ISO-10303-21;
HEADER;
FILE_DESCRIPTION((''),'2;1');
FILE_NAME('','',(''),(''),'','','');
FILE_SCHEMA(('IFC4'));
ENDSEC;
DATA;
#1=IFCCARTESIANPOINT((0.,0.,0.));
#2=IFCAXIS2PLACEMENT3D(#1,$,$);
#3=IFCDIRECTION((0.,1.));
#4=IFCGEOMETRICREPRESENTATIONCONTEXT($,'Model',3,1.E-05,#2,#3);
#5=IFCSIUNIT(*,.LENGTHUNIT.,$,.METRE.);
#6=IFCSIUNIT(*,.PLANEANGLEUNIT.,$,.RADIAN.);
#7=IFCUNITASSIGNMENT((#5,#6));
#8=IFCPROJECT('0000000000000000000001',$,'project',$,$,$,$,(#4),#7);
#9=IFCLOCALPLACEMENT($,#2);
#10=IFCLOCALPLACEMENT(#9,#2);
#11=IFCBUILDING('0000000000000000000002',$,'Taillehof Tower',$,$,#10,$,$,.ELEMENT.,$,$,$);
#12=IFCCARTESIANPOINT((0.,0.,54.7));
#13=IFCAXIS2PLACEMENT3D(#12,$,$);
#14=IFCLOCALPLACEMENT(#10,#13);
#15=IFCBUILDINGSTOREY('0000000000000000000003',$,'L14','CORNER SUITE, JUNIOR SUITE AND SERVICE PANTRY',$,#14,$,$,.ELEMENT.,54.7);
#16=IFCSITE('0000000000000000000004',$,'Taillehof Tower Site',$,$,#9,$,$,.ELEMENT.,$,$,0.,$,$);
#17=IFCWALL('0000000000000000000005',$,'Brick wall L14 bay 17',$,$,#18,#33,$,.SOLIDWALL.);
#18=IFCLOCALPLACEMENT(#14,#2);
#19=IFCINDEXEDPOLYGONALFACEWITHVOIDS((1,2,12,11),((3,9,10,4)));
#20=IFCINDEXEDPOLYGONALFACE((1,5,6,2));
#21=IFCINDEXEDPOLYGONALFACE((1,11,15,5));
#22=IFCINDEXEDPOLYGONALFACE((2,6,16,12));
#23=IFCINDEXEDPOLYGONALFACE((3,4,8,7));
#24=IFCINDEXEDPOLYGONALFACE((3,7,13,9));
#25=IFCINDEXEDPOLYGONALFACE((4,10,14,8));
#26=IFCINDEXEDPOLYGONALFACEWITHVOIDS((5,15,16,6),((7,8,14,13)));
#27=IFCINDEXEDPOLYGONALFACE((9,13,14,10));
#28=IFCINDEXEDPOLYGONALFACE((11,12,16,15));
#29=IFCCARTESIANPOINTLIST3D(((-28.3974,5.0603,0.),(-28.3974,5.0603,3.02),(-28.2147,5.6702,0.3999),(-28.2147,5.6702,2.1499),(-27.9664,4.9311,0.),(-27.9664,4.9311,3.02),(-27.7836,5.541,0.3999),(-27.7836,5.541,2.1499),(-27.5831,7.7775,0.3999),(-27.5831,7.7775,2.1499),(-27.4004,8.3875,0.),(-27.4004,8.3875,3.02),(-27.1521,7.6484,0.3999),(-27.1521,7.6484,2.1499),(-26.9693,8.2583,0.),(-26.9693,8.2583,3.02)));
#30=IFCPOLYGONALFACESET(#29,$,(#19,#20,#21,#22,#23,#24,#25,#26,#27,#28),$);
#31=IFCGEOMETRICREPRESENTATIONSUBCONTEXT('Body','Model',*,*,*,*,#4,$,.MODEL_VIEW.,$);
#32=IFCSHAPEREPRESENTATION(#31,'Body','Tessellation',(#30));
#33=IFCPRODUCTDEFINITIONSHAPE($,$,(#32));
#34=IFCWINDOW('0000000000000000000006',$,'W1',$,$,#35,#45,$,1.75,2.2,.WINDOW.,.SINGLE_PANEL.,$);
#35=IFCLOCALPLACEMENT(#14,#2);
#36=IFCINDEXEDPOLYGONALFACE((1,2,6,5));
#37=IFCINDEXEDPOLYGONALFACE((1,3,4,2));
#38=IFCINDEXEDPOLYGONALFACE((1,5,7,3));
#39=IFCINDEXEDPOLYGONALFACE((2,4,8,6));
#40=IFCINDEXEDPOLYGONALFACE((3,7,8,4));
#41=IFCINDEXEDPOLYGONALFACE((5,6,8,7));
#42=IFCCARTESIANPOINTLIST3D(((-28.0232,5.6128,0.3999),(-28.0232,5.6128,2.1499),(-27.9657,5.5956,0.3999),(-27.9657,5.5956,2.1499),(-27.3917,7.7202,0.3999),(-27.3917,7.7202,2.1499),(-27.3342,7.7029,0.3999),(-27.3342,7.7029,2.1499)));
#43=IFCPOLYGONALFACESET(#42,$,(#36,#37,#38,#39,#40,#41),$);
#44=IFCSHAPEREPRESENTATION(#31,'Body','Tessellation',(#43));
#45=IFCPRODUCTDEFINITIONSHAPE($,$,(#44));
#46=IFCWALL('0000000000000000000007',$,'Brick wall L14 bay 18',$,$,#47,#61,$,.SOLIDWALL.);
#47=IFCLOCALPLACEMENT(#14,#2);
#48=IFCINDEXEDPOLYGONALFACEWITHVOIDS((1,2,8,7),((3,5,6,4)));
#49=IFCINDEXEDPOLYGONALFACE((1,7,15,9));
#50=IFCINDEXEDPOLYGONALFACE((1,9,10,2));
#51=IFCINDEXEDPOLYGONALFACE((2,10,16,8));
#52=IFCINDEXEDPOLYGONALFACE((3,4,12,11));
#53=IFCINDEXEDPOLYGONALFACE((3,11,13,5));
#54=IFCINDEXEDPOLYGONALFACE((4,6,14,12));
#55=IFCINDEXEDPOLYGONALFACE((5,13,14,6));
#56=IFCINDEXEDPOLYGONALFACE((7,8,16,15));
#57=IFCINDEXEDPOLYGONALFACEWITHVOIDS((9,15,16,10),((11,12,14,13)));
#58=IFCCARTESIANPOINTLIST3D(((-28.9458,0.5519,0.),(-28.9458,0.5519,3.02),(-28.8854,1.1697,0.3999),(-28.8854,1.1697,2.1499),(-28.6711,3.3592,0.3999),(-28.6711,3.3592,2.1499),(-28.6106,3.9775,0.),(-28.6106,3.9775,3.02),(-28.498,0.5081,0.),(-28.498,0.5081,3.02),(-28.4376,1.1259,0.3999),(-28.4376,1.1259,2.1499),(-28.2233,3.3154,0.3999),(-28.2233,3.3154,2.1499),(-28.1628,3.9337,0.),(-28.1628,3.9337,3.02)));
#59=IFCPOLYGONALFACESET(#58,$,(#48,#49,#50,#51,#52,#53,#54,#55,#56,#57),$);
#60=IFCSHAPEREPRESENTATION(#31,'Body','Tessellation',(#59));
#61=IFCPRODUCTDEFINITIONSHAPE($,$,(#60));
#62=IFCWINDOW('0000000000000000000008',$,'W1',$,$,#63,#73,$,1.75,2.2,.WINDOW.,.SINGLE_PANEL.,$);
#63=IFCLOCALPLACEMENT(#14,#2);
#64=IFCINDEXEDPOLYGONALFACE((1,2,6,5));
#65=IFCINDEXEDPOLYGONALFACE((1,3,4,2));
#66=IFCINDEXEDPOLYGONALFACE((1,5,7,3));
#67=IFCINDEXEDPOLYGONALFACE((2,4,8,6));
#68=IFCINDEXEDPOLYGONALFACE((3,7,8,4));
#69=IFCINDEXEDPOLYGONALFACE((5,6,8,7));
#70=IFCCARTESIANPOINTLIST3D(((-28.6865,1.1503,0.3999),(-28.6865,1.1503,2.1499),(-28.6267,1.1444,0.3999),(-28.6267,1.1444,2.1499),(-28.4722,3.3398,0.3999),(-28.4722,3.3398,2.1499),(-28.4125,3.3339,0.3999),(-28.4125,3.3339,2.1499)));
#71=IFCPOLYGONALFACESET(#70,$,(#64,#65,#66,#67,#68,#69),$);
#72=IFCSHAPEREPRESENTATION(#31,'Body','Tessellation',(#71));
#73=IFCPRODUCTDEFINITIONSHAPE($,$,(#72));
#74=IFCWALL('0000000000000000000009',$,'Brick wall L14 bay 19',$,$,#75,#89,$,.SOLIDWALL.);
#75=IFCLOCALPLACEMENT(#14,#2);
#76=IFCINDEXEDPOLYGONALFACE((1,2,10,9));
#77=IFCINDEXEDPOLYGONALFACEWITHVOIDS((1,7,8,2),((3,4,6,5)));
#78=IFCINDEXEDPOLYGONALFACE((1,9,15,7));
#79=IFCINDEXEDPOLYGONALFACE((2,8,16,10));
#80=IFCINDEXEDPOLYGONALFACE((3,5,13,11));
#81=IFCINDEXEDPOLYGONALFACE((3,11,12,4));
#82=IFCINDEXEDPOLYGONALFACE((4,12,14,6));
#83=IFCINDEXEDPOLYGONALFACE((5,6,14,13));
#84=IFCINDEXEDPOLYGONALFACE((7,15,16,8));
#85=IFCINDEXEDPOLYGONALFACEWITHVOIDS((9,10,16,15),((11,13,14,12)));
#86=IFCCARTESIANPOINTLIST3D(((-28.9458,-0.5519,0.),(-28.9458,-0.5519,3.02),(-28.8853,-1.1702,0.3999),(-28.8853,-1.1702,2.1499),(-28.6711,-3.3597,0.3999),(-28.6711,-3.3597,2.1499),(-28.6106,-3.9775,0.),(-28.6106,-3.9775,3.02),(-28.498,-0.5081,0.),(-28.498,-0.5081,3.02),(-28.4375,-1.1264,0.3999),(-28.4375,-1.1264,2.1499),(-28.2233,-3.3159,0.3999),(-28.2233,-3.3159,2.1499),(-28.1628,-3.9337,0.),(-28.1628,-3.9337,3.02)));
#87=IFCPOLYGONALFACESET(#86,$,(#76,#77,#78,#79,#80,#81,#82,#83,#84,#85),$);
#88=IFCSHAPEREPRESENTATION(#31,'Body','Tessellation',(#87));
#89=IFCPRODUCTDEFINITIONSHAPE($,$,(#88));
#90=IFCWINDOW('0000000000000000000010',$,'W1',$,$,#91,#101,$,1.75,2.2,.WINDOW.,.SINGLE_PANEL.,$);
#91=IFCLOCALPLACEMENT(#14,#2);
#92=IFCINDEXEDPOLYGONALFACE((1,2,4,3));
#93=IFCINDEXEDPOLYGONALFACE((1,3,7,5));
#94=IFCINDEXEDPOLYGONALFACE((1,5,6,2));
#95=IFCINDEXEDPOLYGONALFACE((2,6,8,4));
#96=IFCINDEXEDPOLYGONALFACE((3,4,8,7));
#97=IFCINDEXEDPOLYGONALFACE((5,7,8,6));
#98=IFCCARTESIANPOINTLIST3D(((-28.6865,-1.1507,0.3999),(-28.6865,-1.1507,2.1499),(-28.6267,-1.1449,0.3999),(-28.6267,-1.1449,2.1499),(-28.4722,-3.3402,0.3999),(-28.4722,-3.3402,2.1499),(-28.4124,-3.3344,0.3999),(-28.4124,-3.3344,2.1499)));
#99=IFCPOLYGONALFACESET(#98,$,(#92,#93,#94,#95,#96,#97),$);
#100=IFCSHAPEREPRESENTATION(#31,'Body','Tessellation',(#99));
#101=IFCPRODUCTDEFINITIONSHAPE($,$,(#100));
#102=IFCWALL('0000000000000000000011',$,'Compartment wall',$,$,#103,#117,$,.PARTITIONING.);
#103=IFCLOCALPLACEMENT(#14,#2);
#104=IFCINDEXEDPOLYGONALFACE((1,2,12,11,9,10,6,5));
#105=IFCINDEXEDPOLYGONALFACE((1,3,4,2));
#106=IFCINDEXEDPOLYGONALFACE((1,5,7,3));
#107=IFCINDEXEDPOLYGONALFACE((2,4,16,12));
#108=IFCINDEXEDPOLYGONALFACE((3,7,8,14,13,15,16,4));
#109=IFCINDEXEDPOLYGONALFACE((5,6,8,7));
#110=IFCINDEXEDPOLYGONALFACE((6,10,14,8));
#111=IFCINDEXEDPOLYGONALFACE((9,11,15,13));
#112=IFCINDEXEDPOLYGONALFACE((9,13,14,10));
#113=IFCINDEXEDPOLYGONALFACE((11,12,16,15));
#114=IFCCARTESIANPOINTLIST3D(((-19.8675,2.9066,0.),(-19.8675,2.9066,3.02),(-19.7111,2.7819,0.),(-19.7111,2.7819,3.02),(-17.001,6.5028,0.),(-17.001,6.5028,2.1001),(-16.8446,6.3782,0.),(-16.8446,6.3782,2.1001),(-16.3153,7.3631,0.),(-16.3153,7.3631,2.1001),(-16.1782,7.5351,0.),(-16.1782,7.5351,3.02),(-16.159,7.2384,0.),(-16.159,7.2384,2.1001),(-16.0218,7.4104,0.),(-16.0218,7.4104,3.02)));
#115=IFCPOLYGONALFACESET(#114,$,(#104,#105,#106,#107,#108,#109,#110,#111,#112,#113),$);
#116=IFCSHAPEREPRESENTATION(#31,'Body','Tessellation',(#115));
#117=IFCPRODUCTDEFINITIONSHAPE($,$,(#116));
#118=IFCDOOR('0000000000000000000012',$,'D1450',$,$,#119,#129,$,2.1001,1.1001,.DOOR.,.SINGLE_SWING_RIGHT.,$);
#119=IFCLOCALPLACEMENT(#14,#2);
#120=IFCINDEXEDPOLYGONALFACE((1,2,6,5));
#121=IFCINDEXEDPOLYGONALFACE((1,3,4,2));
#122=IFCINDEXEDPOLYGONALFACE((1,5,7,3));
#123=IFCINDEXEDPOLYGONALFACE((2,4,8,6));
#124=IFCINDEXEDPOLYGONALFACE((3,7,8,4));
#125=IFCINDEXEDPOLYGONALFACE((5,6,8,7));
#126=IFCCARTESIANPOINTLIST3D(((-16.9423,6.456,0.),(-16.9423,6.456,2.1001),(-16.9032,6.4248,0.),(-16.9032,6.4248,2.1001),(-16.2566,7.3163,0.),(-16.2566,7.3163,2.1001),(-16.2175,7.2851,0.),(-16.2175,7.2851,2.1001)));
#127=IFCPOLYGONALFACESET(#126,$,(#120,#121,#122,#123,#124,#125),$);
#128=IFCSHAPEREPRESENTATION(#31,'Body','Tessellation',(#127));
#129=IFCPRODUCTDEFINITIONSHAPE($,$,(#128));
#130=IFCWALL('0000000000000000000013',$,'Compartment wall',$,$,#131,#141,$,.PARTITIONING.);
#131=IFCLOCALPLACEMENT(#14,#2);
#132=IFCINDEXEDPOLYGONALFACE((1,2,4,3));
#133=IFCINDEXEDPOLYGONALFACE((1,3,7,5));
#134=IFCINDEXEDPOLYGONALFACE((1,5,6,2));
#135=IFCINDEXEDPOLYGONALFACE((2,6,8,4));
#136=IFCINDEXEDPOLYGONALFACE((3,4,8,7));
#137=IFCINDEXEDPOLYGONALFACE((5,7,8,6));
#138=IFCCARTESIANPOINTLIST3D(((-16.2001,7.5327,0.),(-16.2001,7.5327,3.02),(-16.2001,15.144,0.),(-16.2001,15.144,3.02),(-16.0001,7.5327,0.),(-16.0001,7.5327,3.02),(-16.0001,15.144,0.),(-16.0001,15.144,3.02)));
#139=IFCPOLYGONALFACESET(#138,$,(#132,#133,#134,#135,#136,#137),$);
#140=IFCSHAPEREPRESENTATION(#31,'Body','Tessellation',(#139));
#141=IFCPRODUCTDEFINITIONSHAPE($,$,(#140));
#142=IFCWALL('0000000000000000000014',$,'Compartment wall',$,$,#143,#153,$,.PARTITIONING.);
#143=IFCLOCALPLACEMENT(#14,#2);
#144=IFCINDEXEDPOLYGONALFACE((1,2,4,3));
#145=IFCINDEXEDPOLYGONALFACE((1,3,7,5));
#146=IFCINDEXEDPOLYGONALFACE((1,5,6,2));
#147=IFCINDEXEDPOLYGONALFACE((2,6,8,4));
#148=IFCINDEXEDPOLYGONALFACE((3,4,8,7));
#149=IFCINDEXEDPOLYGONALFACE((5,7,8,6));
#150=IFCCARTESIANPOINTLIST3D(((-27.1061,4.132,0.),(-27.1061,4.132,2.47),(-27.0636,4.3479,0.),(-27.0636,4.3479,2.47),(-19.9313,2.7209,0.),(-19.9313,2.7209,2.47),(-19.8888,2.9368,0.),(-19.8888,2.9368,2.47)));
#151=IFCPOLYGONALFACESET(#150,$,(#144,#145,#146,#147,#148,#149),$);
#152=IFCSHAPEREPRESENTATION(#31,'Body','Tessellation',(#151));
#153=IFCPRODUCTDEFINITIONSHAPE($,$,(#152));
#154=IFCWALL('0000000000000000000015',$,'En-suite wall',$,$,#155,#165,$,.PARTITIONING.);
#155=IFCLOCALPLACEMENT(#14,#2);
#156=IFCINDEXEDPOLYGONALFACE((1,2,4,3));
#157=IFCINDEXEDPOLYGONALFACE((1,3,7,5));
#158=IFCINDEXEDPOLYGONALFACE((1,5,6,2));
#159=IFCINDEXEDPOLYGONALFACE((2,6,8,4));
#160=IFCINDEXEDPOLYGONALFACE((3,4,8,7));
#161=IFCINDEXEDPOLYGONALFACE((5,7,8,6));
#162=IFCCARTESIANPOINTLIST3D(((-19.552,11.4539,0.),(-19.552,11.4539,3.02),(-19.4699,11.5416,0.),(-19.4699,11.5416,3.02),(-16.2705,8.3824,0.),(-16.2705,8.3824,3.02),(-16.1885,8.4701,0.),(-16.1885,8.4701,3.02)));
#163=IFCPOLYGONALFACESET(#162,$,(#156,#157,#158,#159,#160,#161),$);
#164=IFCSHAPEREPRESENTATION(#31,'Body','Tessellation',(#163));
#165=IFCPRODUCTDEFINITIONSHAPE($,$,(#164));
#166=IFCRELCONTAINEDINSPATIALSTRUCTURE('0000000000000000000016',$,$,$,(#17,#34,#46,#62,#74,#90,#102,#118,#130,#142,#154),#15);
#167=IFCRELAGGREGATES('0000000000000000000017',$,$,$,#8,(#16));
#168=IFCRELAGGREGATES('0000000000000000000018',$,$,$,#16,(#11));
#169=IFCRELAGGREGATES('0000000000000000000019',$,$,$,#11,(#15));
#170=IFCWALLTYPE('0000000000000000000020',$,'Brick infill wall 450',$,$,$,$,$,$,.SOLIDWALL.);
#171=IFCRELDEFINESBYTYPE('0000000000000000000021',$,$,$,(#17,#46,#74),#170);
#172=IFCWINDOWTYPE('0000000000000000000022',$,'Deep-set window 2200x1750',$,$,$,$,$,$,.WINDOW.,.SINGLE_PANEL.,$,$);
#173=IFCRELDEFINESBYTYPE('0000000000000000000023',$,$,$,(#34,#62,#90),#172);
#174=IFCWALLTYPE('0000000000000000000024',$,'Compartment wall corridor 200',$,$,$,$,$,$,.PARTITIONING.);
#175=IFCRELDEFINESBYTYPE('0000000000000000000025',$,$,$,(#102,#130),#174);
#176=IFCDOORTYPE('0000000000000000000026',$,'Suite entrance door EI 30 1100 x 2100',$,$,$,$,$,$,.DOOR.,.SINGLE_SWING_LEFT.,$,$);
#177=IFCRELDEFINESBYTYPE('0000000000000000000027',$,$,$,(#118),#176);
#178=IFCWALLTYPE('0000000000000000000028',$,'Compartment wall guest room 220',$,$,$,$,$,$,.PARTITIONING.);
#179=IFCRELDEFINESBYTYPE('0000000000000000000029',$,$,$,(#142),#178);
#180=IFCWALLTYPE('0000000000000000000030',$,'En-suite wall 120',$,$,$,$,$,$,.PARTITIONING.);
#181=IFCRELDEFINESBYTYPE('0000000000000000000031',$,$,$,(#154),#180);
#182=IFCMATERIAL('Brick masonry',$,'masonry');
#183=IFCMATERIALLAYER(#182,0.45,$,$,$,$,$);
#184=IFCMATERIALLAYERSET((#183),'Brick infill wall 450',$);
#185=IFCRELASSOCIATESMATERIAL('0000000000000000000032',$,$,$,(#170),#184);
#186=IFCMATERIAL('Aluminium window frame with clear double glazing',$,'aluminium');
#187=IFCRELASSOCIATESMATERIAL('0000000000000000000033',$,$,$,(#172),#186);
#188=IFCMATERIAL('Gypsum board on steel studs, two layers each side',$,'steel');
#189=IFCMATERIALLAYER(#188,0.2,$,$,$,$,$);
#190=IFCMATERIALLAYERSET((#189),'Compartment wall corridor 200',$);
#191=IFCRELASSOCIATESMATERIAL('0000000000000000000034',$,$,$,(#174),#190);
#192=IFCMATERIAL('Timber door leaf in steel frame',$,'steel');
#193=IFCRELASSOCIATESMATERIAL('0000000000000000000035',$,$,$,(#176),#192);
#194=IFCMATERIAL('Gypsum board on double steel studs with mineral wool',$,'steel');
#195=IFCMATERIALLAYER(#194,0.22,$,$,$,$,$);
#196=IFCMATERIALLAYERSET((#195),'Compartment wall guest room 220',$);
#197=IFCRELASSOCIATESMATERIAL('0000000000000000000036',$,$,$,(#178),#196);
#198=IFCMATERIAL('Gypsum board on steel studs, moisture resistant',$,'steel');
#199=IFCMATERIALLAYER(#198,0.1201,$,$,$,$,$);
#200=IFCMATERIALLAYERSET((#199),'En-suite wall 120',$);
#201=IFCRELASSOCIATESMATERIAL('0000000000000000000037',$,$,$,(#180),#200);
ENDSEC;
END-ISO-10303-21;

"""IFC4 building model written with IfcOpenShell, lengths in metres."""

from ifc_helpers import new_model, si_unit, direction, frame, frame_2d, origin, place, context, subcontext, project, spatial, rectangle, extrude, material, layer, layer_set, type_object, element, fill, save


model = new_model("IFC4")

# Units and contexts
model_context = context("Model", 3, precision=1e-05, world=origin(), true_north=direction((0.0, 1.0)))
body_context = subcontext(model_context, "Body", "Model", "MODEL_VIEW")
ifc_project = project(units=[si_unit("LENGTHUNIT", "METRE"), si_unit("PLANEANGLEUNIT", "RADIAN")], contexts=[model_context])

# Site, building, storey
site_placement = place(None, origin())
site = spatial("IfcSite", under=ifc_project, at=site_placement, Name="Taillehof Tower Site", CompositionType="ELEMENT", RefElevation=0.0)
building_placement = place(site_placement, origin())
building = spatial("IfcBuilding", under=site, at=building_placement, Name="Taillehof Tower", CompositionType="ELEMENT")
storey_placement = place(building_placement, frame((0.0, 0.0, 54.7)))
storey = spatial("IfcBuildingStorey", under=building, at=storey_placement, Name="L14", Description="CORNER SUITE, JUNIOR SUITE AND SERVICE PANTRY", CompositionType="ELEMENT", Elevation=54.7)

# Walls, openings, windows
ifc_material_1 = material(Name="Brick masonry", Category="masonry")
ifc_layer_1 = layer(ifc_material_1, 0.45)
ifc_layer_set_1 = layer_set([ifc_layer_1], Name="Brick infill wall 450")
wall_type_1 = type_object("IfcWallType", Name="Brick infill wall 450", PredefinedType="SOLIDWALL", material=ifc_layer_set_1)
wall_1_placement = place(storey_placement, frame((-27.1848, 8.323, 0.0), z_axis=(0.0, 0.0, 1.0), x_axis=(-0.287064, -0.957911, 0.0)))
wall_1 = element("IfcWall", 1, at=wall_1_placement, inside=storey, type_object=wall_type_1, Name="Brick wall L14 bay 17", PredefinedType="SOLIDWALL", context=body_context, shape_type="SweptSolid", body=[
    extrude(rectangle(XDim=3.4734, YDim=0.45, at=frame_2d((1.7368, 0.0))), origin(), (0.0, 0.0, 1.0), 3.02),
])
opening_1_placement = place(wall_1_placement, frame((0.6367, 0.0, 0.3999)))
opening_1 = element("IfcOpeningElement", 2, at=opening_1_placement, cuts=wall_1, PredefinedType="OPENING", context=body_context, shape_type="SweptSolid", body=[
    extrude(rectangle(XDim=2.2, YDim=1.75, at=frame_2d((1.1001, 0.875))), frame((0.0, 0.2349, 0.0), z_axis=(0.0, -1.0, 0.0), x_axis=(1.0, 0.0, 0.0)), (0.0, 0.0, 1.0), 0.47),
])
ifc_material_2 = material(Name="Aluminium window frame with clear double glazing", Category="aluminium")
window_type = type_object("IfcWindowType", Name="Deep-set window 2200x1750", PartitioningType="SINGLE_PANEL", PredefinedType="WINDOW", material=ifc_material_2)
window_1_placement = place(opening_1_placement, origin())
window_1 = element("IfcWindow", 3, at=window_1_placement, inside=storey, type_object=window_type, Name="W1", OverallHeight=1.75, OverallWidth=2.2, PartitioningType="SINGLE_PANEL", PredefinedType="WINDOW", context=body_context, shape_type="SweptSolid", body=[
    extrude(rectangle(XDim=2.2, YDim=1.75, at=frame_2d((1.1001, 0.875))), frame((0.0, 0.0349, 0.0), z_axis=(0.0, -1.0, 0.0), x_axis=(1.0, 0.0, 0.0)), (0.0, 0.0, 1.0), 0.0601),
])
fill(opening_1, window_1)
wall_2_placement = place(storey_placement, frame((-28.3867, 3.9556, 0.0), z_axis=(0.0, 0.0, 1.0), x_axis=(-0.09739, -0.995246, 0.0)))
wall_2 = element("IfcWall", 4, at=wall_2_placement, inside=storey, type_object=wall_type_1, Name="Brick wall L14 bay 18", PredefinedType="SOLIDWALL", context=body_context, shape_type="SweptSolid", body=[
    extrude(rectangle(XDim=3.4419, YDim=0.45, at=frame_2d((1.7209, 0.0))), origin(), (0.0, 0.0, 1.0), 3.02),
])
opening_2_placement = place(wall_2_placement, frame((0.6211, 0.0, 0.3999)))
opening_2 = element("IfcOpeningElement", 5, at=opening_2_placement, cuts=wall_2, PredefinedType="OPENING", context=body_context, shape_type="SweptSolid", body=[
    extrude(rectangle(XDim=2.2, YDim=1.75, at=frame_2d((1.1001, 0.875))), frame((0.0, 0.2349, 0.0), z_axis=(0.0, -1.0, 0.0), x_axis=(1.0, 0.0, 0.0)), (0.0, 0.0, 1.0), 0.47),
])
window_2_placement = place(opening_2_placement, origin())
window_2 = element("IfcWindow", 6, at=window_2_placement, inside=storey, type_object=window_type, Name="W1", OverallHeight=1.75, OverallWidth=2.2, PartitioningType="SINGLE_PANEL", PredefinedType="WINDOW", context=body_context, shape_type="SweptSolid", body=[
    extrude(rectangle(XDim=2.2, YDim=1.75, at=frame_2d((1.1001, 0.875))), frame((0.0, 0.0349, 0.0), z_axis=(0.0, -1.0, 0.0), x_axis=(1.0, 0.0, 0.0)), (0.0, 0.0, 1.0), 0.0601),
])
fill(opening_2, window_2)
wall_3_placement = place(storey_placement, frame((-28.7219, -0.53, 0.0), z_axis=(0.0, 0.0, 1.0), x_axis=(0.09739, -0.995246, 0.0)))
wall_3 = element("IfcWall", 7, at=wall_3_placement, inside=storey, type_object=wall_type_1, Name="Brick wall L14 bay 19", PredefinedType="SOLIDWALL", context=body_context, shape_type="SweptSolid", body=[
    extrude(rectangle(XDim=3.4419, YDim=0.45, at=frame_2d((1.7209, 0.0))), origin(), (0.0, 0.0, 1.0), 3.02),
])
opening_3_placement = place(wall_3_placement, frame((0.6211, 0.0, 0.3999)))
opening_3 = element("IfcOpeningElement", 8, at=opening_3_placement, cuts=wall_3, PredefinedType="OPENING", context=body_context, shape_type="SweptSolid", body=[
    extrude(rectangle(XDim=2.2, YDim=1.75, at=frame_2d((1.1001, 0.875))), frame((0.0, 0.2349, 0.0), z_axis=(0.0, -1.0, 0.0), x_axis=(1.0, 0.0, 0.0)), (0.0, 0.0, 1.0), 0.47),
])
window_3_placement = place(opening_3_placement, origin())
window_3 = element("IfcWindow", 9, at=window_3_placement, inside=storey, type_object=window_type, Name="W1", OverallHeight=1.75, OverallWidth=2.2, PartitioningType="SINGLE_PANEL", PredefinedType="WINDOW", context=body_context, shape_type="SweptSolid", body=[
    extrude(rectangle(XDim=2.2, YDim=1.75, at=frame_2d((1.1001, 0.875))), frame((0.0, 0.0349, 0.0), z_axis=(0.0, -1.0, 0.0), x_axis=(1.0, 0.0, 0.0)), (0.0, 0.0, 1.0), 0.0601),
])
fill(opening_3, window_3)

# Wall, opening, door
ifc_material_3 = material(Name="Gypsum board on steel studs, two layers each side", Category="steel")
ifc_layer_2 = layer(ifc_material_3, 0.2)
ifc_layer_set_2 = layer_set([ifc_layer_2], Name="Compartment wall corridor 200")
wall_type_2 = type_object("IfcWallType", Name="Compartment wall corridor 200", PredefinedType="PARTITIONING", material=ifc_layer_set_2)
wall_4_placement = place(storey_placement, frame((-19.7893, 2.8442, 0.0), z_axis=(0.0, 0.0, 1.0), x_axis=(0.623301, 0.781982, 0.0)))
wall_4 = element("IfcWall", 10, at=wall_4_placement, inside=storey, type_object=wall_type_2, Name="Compartment wall", PredefinedType="PARTITIONING", context=body_context, shape_type="SweptSolid", body=[
    extrude(rectangle(XDim=5.9189, YDim=0.2, at=frame_2d((2.9595, 0.0))), origin(), (0.0, 0.0, 1.0), 3.02),
])
opening_4_placement = place(wall_4_placement, frame((4.5989, 0.0, 0.0)))
opening_4 = element("IfcOpeningElement", 11, at=opening_4_placement, cuts=wall_4, PredefinedType="OPENING", context=body_context, shape_type="SweptSolid", body=[
    extrude(rectangle(XDim=1.1001, YDim=2.1001, at=frame_2d((0.55, 1.05))), frame((0.0, 0.1099, 0.0), z_axis=(0.0, -1.0, 0.0), x_axis=(1.0, 0.0, 0.0)), (0.0, 0.0, 1.0), 0.22),
])
ifc_material_4 = material(Name="Timber door leaf in steel frame", Category="steel")
door_type = type_object("IfcDoorType", Name="Suite entrance door EI 30 1100 x 2100", OperationType="SINGLE_SWING_LEFT", PredefinedType="DOOR", material=ifc_material_4)
door_placement = place(opening_4_placement, origin())
door = element("IfcDoor", 12, at=door_placement, inside=storey, type_object=door_type, Name="D1450", OperationType="SINGLE_SWING_RIGHT", OverallHeight=2.1001, OverallWidth=1.1001, PredefinedType="DOOR", context=body_context, shape_type="SweptSolid", body=[
    extrude(rectangle(XDim=1.1001, YDim=2.1001, at=frame_2d((0.55, 1.05))), frame((0.0, 0.0249, 0.0), z_axis=(0.0, -1.0, 0.0), x_axis=(1.0, 0.0, 0.0)), (0.0, 0.0, 1.0), 0.05),
])
fill(opening_4, door)

# Walls
wall_5_placement = place(storey_placement, frame((-16.1001, 7.5327, 0.0), z_axis=(0.0, 0.0, 1.0), x_axis=(0.0, 1.0, 0.0)))
element("IfcWall", 13, at=wall_5_placement, inside=storey, type_object=wall_type_2, Name="Compartment wall", PredefinedType="PARTITIONING", context=body_context, shape_type="SweptSolid", body=[
    extrude(rectangle(XDim=7.6113, YDim=0.2, at=frame_2d((3.8057, 0.0))), origin(), (0.0, 0.0, 1.0), 3.02),
])
ifc_material_5 = material(Name="Gypsum board on double steel studs with mineral wool", Category="steel")
ifc_layer_3 = layer(ifc_material_5, 0.22)
ifc_layer_set_3 = layer_set([ifc_layer_3], Name="Compartment wall guest room 220")
wall_type_3 = type_object("IfcWallType", Name="Compartment wall guest room 220", PredefinedType="PARTITIONING", material=ifc_layer_set_3)
wall_6_placement = place(storey_placement, frame((-27.085, 4.24, 0.0), z_axis=(0.0, 0.0, 1.0), x_axis=(0.981202, -0.192982, 0.0)))
element("IfcWall", 14, at=wall_6_placement, inside=storey, type_object=wall_type_3, Name="Compartment wall", PredefinedType="PARTITIONING", context=body_context, shape_type="SweptSolid", body=[
    extrude(rectangle(XDim=7.3123, YDim=0.22, at=frame_2d((3.6562, 0.0))), origin(), (0.0, 0.0, 1.0), 2.47),
])
ifc_material_6 = material(Name="Gypsum board on steel studs, moisture resistant", Category="steel")
ifc_layer_4 = layer(ifc_material_6, 0.1201)
ifc_layer_set_4 = layer_set([ifc_layer_4], Name="En-suite wall 120")
wall_type_4 = type_object("IfcWallType", Name="En-suite wall 120", PredefinedType="PARTITIONING", material=ifc_layer_set_4)
wall_7_placement = place(storey_placement, frame((-16.2295, 8.4263, 0.0), z_axis=(0.0, 0.0, 1.0), x_axis=(-0.730077, 0.683365, 0.0)))
element("IfcWall", 15, at=wall_7_placement, inside=storey, type_object=wall_type_4, Name="En-suite wall", PredefinedType="PARTITIONING", context=body_context, shape_type="SweptSolid", body=[
    extrude(rectangle(XDim=4.4946, YDim=0.1201, at=frame_2d((2.2473, 0.0))), origin(), (0.0, 0.0, 1.0), 3.02),
])

save(model, "model.ifc")
